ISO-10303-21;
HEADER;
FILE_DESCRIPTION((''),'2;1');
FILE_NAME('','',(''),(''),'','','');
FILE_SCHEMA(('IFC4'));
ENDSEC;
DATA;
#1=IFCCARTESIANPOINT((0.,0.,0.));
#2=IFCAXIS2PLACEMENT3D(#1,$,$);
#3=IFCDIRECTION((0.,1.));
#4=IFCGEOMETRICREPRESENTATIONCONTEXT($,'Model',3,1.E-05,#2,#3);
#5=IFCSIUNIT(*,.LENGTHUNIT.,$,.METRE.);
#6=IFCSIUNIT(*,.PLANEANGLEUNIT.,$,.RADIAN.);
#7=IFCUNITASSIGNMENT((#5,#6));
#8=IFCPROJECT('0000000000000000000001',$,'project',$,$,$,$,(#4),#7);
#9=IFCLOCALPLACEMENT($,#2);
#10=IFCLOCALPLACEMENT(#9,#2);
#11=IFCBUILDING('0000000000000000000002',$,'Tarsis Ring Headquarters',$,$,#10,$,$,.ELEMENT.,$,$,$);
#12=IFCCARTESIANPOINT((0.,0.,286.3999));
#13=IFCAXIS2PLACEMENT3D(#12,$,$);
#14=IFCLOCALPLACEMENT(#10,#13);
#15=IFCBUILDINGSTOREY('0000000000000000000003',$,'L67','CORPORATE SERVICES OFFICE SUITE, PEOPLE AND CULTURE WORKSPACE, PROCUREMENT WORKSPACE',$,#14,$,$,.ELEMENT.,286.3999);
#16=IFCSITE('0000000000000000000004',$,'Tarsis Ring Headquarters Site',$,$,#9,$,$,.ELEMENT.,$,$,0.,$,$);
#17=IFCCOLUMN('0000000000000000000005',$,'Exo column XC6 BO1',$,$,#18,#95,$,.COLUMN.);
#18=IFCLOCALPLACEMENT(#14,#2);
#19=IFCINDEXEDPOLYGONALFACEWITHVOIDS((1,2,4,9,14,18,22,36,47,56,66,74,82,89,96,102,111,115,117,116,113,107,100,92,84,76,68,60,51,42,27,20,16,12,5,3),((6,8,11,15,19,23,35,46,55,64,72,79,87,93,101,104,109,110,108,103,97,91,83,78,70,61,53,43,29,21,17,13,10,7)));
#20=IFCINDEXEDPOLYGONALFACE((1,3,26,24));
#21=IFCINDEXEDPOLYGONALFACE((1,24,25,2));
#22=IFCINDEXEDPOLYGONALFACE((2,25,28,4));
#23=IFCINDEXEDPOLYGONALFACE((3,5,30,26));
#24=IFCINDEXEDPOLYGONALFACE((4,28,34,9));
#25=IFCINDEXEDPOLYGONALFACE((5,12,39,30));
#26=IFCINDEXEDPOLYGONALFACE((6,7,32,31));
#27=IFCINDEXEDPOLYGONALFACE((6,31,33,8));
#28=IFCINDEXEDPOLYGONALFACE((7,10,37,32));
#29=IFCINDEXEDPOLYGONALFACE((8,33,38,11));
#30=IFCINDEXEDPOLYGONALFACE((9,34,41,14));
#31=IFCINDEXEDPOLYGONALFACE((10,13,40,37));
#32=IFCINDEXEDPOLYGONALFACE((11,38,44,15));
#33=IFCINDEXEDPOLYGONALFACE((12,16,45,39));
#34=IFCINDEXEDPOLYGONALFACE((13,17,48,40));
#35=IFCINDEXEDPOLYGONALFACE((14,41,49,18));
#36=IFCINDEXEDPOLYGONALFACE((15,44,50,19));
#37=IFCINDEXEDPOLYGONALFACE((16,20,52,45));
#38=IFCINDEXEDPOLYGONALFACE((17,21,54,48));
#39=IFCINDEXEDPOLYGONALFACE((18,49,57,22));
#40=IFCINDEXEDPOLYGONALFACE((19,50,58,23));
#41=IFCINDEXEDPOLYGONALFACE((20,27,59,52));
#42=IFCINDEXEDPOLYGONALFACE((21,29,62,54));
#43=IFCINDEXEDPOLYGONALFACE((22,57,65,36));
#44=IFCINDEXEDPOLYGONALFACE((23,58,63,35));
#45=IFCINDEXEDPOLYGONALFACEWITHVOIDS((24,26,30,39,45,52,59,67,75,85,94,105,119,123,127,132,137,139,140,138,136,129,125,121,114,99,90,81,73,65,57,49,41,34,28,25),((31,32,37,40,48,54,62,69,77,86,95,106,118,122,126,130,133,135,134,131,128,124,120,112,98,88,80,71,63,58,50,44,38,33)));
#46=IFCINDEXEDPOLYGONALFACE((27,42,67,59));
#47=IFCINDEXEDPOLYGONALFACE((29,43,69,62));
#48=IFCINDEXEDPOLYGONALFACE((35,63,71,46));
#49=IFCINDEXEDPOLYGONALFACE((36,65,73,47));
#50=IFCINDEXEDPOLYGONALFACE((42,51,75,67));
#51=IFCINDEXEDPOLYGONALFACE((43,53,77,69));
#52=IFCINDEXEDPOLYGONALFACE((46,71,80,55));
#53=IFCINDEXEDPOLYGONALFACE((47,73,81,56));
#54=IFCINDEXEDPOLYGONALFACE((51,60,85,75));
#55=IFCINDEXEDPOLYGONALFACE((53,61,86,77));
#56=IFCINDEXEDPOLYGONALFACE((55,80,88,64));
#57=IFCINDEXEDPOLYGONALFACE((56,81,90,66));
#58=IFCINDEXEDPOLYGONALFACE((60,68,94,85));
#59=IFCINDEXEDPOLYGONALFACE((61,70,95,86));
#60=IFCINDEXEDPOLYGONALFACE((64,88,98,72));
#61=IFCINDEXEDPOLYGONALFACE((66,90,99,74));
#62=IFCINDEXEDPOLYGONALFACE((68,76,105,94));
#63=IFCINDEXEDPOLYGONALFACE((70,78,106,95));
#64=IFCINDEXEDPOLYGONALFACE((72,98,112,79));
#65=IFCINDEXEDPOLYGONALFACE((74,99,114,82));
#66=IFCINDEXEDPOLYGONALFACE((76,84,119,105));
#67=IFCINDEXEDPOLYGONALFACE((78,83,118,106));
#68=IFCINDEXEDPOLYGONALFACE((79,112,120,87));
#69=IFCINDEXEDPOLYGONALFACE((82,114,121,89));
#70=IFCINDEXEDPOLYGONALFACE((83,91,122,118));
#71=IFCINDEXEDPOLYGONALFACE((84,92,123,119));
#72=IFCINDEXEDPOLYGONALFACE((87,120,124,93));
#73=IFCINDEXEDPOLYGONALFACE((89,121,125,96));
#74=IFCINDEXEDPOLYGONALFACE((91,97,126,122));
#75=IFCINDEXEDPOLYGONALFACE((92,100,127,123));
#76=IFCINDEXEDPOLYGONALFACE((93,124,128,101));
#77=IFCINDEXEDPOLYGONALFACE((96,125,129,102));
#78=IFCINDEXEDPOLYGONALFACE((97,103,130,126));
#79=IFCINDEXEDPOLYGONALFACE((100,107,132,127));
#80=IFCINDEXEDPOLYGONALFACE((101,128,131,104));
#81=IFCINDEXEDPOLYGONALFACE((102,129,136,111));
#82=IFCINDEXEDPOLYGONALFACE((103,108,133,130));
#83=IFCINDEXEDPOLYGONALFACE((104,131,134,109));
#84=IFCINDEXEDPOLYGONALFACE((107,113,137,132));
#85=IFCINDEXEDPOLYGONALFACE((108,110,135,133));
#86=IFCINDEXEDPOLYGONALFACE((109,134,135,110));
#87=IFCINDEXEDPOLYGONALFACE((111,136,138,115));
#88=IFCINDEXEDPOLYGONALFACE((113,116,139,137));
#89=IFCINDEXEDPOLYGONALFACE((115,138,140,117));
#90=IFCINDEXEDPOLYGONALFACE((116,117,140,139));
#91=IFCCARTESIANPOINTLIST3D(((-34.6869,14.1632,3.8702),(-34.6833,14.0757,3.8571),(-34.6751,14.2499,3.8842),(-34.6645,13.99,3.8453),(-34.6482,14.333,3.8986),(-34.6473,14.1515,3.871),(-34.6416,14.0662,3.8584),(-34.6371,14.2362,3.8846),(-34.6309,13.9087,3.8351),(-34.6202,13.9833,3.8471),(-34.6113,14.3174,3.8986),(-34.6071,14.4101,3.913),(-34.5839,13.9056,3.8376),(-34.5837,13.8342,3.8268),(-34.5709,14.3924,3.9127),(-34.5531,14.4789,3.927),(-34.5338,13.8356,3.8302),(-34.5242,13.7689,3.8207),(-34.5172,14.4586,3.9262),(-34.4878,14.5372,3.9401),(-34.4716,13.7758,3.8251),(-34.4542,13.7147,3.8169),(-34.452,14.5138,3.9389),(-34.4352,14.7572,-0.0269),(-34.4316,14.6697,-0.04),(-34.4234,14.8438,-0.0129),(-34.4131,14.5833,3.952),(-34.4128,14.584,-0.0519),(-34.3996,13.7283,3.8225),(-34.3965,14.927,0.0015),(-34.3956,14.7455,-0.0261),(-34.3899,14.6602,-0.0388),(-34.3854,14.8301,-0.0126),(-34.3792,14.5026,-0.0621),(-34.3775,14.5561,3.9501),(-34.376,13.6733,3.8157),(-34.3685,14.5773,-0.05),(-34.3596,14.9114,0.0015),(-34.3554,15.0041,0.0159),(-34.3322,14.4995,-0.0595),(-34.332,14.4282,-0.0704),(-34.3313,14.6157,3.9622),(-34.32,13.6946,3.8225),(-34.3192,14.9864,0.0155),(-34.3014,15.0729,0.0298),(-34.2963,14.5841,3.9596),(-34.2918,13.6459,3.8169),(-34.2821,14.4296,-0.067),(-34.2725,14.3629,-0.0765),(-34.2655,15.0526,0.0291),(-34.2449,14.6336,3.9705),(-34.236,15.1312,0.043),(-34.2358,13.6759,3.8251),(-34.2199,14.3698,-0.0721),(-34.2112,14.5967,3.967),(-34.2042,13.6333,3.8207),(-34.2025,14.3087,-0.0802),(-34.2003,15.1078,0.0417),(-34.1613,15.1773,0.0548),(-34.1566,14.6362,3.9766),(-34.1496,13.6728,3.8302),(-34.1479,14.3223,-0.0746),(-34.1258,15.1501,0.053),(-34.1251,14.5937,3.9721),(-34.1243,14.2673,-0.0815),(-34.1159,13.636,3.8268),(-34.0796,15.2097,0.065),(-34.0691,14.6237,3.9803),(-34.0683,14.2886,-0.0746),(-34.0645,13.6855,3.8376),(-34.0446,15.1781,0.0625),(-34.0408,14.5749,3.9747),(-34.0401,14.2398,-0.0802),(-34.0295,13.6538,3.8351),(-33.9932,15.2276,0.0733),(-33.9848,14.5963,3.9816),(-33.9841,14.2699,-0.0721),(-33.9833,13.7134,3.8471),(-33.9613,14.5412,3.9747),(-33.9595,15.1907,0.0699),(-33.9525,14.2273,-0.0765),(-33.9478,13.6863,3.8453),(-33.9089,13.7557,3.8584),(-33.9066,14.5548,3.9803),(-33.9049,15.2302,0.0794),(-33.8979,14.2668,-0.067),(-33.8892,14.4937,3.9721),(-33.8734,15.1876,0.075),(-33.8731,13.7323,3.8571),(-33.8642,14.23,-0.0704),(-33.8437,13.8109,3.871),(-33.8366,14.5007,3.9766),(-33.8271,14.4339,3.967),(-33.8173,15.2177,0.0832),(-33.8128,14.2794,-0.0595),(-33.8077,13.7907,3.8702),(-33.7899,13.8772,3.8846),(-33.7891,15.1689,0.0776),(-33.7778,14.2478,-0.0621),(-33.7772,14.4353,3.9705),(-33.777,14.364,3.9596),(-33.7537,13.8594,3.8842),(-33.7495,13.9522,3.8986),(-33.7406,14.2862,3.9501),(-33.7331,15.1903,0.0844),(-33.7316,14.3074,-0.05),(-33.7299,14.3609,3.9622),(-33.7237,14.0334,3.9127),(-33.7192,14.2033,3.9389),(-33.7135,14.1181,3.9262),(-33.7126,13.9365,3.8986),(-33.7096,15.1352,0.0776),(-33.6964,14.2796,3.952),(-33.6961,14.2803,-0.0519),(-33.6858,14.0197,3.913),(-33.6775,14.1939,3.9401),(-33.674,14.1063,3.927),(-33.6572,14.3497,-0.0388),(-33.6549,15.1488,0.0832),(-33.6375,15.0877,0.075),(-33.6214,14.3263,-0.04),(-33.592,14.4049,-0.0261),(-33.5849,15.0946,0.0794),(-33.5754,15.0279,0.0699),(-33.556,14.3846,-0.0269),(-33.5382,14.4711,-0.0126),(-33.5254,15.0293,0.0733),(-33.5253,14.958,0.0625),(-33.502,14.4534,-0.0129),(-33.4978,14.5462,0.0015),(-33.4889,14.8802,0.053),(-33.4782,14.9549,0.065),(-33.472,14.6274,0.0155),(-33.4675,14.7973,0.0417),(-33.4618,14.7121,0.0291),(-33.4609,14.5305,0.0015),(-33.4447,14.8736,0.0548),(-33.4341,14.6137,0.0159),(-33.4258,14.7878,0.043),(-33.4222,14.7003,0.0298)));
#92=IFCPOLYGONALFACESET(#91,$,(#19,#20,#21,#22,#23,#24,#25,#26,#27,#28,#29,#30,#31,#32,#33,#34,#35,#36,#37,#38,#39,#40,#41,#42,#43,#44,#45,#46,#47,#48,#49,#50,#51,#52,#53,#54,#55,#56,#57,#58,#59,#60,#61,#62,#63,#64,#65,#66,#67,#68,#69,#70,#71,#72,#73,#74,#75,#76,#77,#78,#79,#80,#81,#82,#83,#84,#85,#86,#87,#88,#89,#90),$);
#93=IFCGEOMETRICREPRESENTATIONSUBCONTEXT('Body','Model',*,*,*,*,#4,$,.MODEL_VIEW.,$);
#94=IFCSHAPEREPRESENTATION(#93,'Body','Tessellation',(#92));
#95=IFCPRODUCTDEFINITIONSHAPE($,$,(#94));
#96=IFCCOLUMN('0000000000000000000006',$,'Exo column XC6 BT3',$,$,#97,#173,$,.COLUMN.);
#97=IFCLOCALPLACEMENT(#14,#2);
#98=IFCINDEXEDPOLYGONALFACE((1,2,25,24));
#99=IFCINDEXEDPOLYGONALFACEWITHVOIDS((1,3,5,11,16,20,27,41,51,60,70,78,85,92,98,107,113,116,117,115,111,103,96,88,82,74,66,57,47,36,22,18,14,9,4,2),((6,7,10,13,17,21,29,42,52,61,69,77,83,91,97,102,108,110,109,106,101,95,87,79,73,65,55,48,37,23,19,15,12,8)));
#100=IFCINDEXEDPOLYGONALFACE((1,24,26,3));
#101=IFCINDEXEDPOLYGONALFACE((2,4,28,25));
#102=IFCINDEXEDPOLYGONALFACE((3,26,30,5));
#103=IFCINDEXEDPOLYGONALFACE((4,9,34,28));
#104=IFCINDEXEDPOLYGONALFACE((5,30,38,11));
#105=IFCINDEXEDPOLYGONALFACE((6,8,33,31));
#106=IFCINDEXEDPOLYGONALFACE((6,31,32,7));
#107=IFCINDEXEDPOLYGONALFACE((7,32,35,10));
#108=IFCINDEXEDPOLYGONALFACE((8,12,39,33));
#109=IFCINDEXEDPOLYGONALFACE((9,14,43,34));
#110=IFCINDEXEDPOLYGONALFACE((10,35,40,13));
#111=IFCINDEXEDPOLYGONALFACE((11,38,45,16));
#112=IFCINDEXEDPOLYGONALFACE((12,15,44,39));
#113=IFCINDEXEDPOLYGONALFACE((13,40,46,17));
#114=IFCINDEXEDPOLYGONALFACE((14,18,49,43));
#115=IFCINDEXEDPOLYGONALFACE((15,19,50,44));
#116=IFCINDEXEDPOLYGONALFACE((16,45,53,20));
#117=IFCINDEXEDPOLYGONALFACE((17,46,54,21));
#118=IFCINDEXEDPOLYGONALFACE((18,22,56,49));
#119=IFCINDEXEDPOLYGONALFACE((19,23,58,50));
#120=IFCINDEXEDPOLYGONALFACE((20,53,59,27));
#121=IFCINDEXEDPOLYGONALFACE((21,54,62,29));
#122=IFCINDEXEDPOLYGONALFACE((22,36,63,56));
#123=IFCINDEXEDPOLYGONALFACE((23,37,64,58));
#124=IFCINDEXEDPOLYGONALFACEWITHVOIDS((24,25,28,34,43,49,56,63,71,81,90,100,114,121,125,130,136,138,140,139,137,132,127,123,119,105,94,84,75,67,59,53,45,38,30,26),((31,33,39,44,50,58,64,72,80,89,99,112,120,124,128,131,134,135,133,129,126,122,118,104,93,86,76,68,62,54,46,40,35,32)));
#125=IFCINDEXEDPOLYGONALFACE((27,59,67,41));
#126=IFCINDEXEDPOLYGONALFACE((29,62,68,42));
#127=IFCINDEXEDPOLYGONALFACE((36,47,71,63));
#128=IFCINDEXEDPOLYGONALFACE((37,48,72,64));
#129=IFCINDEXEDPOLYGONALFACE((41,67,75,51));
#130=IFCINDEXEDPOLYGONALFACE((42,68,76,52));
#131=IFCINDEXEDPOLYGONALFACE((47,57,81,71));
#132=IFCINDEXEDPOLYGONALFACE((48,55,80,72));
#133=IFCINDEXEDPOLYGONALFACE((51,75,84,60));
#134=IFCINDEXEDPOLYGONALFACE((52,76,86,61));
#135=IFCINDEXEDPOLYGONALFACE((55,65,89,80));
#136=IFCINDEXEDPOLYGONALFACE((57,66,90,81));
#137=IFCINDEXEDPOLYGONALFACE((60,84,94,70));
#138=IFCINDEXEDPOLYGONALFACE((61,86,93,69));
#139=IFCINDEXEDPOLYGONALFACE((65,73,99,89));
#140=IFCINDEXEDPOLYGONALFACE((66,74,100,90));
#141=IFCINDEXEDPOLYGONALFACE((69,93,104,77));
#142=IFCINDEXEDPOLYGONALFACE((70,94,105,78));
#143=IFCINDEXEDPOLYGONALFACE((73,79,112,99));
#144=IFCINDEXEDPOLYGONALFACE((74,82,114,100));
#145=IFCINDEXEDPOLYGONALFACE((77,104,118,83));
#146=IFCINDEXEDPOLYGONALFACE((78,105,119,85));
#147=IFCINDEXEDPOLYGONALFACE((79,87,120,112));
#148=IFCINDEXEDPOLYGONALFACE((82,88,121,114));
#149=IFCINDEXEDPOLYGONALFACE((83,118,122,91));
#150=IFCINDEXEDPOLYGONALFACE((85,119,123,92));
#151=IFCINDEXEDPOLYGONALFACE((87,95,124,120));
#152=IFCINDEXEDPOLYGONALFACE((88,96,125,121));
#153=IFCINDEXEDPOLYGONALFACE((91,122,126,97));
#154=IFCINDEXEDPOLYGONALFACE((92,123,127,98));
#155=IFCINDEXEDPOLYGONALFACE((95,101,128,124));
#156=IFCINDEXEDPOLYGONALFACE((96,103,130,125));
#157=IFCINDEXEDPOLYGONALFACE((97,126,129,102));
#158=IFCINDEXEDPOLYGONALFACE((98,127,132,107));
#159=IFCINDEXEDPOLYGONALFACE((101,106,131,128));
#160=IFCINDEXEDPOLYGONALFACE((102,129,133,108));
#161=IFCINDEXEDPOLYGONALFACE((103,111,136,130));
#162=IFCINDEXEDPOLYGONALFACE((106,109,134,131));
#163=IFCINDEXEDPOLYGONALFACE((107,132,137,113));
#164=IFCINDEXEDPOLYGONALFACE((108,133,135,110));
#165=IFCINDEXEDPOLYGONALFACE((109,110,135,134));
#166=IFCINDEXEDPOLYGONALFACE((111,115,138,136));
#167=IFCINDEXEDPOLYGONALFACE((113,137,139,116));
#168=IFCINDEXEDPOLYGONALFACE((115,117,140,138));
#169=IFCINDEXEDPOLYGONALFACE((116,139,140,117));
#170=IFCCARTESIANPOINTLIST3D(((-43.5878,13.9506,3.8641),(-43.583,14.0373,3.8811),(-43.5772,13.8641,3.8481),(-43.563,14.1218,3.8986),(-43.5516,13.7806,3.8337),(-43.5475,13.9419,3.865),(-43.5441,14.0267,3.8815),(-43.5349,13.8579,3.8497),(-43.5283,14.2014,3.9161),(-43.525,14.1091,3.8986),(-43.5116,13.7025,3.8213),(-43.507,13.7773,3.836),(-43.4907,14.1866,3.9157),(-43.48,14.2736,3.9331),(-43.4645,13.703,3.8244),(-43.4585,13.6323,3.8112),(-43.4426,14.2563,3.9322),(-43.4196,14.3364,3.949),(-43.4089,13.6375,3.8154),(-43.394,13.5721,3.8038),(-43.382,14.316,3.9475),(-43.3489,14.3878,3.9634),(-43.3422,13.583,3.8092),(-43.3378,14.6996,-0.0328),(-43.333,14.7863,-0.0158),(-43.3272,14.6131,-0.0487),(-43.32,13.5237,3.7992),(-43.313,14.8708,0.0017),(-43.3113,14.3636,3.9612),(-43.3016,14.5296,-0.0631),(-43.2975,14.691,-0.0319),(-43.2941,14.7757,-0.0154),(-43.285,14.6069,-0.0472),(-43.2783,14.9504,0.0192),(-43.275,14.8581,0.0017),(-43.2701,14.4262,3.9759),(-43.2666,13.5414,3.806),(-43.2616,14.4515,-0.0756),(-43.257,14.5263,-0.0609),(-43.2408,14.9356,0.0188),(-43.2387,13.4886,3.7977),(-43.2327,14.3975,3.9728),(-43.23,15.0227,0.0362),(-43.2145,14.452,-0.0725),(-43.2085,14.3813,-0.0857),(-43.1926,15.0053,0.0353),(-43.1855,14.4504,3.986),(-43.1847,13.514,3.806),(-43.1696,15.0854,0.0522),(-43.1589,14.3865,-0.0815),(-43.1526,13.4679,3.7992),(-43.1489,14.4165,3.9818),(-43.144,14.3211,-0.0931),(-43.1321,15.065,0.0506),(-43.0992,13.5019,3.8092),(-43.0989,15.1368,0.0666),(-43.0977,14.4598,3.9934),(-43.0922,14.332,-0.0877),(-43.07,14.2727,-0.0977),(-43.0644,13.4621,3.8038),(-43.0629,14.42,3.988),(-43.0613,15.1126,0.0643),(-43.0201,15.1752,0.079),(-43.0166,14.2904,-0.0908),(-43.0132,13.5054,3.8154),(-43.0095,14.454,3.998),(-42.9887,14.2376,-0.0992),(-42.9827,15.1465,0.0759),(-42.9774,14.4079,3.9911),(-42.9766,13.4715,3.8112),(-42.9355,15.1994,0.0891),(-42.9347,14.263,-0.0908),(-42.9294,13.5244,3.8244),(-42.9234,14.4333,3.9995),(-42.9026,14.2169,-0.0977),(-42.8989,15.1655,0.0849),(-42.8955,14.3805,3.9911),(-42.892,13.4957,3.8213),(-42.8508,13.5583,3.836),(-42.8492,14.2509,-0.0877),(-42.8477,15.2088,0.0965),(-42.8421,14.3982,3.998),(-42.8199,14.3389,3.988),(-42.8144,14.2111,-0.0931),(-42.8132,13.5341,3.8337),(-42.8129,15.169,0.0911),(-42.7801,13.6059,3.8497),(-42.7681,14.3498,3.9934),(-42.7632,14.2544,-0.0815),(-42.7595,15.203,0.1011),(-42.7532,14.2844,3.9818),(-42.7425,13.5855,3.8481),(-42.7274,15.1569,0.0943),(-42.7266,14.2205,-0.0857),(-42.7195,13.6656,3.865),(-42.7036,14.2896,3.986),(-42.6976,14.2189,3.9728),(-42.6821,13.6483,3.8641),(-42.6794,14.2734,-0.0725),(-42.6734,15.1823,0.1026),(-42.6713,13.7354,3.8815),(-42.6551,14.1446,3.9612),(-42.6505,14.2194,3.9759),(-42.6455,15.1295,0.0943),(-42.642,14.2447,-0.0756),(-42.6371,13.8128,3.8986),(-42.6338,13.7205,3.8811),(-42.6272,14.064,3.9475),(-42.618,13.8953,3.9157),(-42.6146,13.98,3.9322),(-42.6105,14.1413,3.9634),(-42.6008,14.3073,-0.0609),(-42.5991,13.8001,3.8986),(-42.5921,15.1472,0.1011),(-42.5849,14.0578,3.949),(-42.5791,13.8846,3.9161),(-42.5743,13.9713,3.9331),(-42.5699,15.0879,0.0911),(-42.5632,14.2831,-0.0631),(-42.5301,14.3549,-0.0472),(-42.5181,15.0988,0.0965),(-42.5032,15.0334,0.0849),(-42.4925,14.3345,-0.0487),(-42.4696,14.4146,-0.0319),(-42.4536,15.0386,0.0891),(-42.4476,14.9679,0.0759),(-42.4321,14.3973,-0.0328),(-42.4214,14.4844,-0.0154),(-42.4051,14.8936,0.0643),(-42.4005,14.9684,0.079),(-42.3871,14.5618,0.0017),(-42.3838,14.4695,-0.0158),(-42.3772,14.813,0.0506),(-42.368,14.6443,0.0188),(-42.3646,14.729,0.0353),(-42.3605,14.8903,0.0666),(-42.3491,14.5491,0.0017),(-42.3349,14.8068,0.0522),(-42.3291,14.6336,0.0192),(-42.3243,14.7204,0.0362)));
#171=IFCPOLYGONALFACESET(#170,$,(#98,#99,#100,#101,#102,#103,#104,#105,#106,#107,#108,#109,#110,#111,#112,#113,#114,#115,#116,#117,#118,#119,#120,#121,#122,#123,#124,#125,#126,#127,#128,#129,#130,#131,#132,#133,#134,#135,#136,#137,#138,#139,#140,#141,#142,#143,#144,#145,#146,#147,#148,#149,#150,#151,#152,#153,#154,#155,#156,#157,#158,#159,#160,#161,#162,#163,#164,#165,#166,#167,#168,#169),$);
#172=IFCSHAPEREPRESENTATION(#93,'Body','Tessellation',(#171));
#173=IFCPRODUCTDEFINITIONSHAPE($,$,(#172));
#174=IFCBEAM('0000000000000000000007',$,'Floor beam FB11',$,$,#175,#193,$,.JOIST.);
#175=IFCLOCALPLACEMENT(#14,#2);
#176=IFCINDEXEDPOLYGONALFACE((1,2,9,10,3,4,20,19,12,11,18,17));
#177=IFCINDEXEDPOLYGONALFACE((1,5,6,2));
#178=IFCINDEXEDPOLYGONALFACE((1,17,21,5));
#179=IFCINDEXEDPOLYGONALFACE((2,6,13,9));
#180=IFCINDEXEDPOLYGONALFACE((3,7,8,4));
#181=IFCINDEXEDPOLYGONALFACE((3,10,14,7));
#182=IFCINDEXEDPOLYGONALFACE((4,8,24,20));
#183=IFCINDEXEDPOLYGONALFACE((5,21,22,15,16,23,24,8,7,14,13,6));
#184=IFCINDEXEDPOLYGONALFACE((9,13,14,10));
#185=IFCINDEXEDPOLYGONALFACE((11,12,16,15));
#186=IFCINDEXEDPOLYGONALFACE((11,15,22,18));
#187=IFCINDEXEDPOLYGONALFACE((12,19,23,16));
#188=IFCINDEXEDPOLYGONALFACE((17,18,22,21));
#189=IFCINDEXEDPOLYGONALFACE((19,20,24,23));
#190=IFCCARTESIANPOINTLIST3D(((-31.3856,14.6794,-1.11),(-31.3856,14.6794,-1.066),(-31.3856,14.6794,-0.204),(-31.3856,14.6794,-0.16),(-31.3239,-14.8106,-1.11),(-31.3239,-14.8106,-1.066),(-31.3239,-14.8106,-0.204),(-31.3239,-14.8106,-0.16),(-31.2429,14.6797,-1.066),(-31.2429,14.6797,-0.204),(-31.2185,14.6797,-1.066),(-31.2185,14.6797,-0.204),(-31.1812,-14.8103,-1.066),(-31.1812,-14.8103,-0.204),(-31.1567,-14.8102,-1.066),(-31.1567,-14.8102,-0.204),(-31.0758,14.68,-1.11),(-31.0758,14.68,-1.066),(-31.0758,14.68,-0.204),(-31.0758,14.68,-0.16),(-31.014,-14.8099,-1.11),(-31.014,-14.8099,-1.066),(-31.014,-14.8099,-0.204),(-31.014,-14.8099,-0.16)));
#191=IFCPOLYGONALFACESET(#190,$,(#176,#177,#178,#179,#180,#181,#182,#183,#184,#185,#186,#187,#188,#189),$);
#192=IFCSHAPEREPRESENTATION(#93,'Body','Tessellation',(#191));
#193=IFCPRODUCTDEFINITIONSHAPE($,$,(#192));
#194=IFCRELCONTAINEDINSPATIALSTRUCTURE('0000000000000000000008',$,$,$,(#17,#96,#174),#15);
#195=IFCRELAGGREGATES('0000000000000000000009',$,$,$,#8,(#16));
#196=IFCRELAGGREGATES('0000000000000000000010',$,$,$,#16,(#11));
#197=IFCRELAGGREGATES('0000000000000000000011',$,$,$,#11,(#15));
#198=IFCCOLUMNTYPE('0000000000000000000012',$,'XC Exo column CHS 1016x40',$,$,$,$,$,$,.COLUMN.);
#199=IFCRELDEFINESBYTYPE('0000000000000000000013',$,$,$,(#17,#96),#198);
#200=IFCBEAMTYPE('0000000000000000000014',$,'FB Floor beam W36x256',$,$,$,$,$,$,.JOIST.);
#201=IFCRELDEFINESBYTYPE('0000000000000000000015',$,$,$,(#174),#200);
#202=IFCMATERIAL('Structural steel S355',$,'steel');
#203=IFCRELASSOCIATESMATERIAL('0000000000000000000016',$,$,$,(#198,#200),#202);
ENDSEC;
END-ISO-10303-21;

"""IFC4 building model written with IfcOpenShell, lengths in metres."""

from ifc_helpers import new_model, si_unit, direction, frame, origin, origin_2d, place, context, subcontext, project, spatial, hollow_circle, i_section, extrude, material, material_profile, profile_set, type_object, element, save


model = new_model("IFC4")

# Units and contexts
model_context = context("Model", 3, precision=1e-05, world=origin(), true_north=direction((0.0, 1.0)))
body_context = subcontext(model_context, "Body", "Model", "MODEL_VIEW")
ifc_project = project(units=[si_unit("LENGTHUNIT", "METRE"), si_unit("PLANEANGLEUNIT", "RADIAN")], contexts=[model_context])

# Site, building, storey
site_placement = place(None, origin())
site = spatial("IfcSite", under=ifc_project, at=site_placement, Name="Tarsis Ring Headquarters Site", CompositionType="ELEMENT", RefElevation=0.0)
building_placement = place(site_placement, origin())
building = spatial("IfcBuilding", under=site, at=building_placement, Name="Tarsis Ring Headquarters", CompositionType="ELEMENT")
storey_placement = place(building_placement, frame((0.0, 0.0, 286.3999)))
storey = spatial("IfcBuildingStorey", under=building, at=storey_placement, Name="L67", Description="CORPORATE SERVICES OFFICE SUITE, PEOPLE AND CULTURE WORKSPACE, PROCUREMENT WORKSPACE", CompositionType="ELEMENT", Elevation=286.3999)

# Columns
ifc_material_1 = material(Name="Structural steel S355", Category="steel")
ifc_material_profile_1 = material_profile(ifc_material_1, hollow_circle(Radius=0.5081, WallThickness=0.04, at=origin_2d()), Name="CHS 1016x40")
ifc_profile_set_1 = profile_set([ifc_material_profile_1], Name="Structural steel S355")
column_type = type_object("IfcColumnType", Name="XC Exo column CHS 1016x40", PredefinedType="COLUMN", material=ifc_profile_set_1)
column_1_placement = place(storey_placement, frame((-33.9287, 14.7288, 0.0015), z_axis=(-0.06372, -0.150369, 0.986574), x_axis=(0.920743, -0.390171, 0.0)))
element("IfcColumn", 1, at=column_1_placement, inside=storey, type_object=column_type, Name="Exo column XC6 BO1", PredefinedType="COLUMN", context=body_context, shape_type="SweptSolid", body=[
    extrude(hollow_circle(Radius=0.5081, WallThickness=0.04, at=origin_2d()), origin(), (0.0, 0.0, 1.0), 3.9502),
])
column_2_placement = place(storey_placement, frame((-42.8311, 14.71, 0.0017), z_axis=(-0.062875, -0.188378, 0.980082), x_axis=(0.94856, -0.316599, 0.0)))
element("IfcColumn", 2, at=column_2_placement, inside=storey, type_object=column_type, Name="Exo column XC6 BT3", PredefinedType="COLUMN", context=body_context, shape_type="SweptSolid", body=[
    extrude(hollow_circle(Radius=0.5081, WallThickness=0.04, at=origin_2d()), origin(), (0.0, 0.0, 1.0), 3.9761),
])

# Beam
ifc_material_profile_2 = material_profile(ifc_material_1, i_section(OverallWidth=0.3098, OverallDepth=0.95, WebThickness=0.0244, FlangeThickness=0.0439, at=origin_2d()), Name="W36x256")
ifc_profile_set_2 = profile_set([ifc_material_profile_2], Name="Structural steel S355")
beam_type_1 = type_object("IfcBeamType", Name="FB Floor beam W36x256", PredefinedType="JOIST", material=ifc_profile_set_2)
for number, where, z_axis, x_axis, name in (
    (3, (-31.2307, 14.6797, -0.635), (0.002095, -0.999998, 0.0), (0.999998, 0.002095, 0.0), "Floor beam FB11"),
):
    element("IfcBeam", number, at=place(storey_placement, frame(where, z_axis=z_axis, x_axis=x_axis)), inside=storey, type_object=beam_type_1, Name=name, PredefinedType="JOIST", context=body_context, shape_type="SweptSolid", body=[
        extrude(i_section(OverallWidth=0.3098, OverallDepth=0.95, WebThickness=0.0244, FlangeThickness=0.0439, at=origin_2d()), origin(), (0.0, 0.0, 1.0), 29.49),
    ])

save(model, "model.ifc")
